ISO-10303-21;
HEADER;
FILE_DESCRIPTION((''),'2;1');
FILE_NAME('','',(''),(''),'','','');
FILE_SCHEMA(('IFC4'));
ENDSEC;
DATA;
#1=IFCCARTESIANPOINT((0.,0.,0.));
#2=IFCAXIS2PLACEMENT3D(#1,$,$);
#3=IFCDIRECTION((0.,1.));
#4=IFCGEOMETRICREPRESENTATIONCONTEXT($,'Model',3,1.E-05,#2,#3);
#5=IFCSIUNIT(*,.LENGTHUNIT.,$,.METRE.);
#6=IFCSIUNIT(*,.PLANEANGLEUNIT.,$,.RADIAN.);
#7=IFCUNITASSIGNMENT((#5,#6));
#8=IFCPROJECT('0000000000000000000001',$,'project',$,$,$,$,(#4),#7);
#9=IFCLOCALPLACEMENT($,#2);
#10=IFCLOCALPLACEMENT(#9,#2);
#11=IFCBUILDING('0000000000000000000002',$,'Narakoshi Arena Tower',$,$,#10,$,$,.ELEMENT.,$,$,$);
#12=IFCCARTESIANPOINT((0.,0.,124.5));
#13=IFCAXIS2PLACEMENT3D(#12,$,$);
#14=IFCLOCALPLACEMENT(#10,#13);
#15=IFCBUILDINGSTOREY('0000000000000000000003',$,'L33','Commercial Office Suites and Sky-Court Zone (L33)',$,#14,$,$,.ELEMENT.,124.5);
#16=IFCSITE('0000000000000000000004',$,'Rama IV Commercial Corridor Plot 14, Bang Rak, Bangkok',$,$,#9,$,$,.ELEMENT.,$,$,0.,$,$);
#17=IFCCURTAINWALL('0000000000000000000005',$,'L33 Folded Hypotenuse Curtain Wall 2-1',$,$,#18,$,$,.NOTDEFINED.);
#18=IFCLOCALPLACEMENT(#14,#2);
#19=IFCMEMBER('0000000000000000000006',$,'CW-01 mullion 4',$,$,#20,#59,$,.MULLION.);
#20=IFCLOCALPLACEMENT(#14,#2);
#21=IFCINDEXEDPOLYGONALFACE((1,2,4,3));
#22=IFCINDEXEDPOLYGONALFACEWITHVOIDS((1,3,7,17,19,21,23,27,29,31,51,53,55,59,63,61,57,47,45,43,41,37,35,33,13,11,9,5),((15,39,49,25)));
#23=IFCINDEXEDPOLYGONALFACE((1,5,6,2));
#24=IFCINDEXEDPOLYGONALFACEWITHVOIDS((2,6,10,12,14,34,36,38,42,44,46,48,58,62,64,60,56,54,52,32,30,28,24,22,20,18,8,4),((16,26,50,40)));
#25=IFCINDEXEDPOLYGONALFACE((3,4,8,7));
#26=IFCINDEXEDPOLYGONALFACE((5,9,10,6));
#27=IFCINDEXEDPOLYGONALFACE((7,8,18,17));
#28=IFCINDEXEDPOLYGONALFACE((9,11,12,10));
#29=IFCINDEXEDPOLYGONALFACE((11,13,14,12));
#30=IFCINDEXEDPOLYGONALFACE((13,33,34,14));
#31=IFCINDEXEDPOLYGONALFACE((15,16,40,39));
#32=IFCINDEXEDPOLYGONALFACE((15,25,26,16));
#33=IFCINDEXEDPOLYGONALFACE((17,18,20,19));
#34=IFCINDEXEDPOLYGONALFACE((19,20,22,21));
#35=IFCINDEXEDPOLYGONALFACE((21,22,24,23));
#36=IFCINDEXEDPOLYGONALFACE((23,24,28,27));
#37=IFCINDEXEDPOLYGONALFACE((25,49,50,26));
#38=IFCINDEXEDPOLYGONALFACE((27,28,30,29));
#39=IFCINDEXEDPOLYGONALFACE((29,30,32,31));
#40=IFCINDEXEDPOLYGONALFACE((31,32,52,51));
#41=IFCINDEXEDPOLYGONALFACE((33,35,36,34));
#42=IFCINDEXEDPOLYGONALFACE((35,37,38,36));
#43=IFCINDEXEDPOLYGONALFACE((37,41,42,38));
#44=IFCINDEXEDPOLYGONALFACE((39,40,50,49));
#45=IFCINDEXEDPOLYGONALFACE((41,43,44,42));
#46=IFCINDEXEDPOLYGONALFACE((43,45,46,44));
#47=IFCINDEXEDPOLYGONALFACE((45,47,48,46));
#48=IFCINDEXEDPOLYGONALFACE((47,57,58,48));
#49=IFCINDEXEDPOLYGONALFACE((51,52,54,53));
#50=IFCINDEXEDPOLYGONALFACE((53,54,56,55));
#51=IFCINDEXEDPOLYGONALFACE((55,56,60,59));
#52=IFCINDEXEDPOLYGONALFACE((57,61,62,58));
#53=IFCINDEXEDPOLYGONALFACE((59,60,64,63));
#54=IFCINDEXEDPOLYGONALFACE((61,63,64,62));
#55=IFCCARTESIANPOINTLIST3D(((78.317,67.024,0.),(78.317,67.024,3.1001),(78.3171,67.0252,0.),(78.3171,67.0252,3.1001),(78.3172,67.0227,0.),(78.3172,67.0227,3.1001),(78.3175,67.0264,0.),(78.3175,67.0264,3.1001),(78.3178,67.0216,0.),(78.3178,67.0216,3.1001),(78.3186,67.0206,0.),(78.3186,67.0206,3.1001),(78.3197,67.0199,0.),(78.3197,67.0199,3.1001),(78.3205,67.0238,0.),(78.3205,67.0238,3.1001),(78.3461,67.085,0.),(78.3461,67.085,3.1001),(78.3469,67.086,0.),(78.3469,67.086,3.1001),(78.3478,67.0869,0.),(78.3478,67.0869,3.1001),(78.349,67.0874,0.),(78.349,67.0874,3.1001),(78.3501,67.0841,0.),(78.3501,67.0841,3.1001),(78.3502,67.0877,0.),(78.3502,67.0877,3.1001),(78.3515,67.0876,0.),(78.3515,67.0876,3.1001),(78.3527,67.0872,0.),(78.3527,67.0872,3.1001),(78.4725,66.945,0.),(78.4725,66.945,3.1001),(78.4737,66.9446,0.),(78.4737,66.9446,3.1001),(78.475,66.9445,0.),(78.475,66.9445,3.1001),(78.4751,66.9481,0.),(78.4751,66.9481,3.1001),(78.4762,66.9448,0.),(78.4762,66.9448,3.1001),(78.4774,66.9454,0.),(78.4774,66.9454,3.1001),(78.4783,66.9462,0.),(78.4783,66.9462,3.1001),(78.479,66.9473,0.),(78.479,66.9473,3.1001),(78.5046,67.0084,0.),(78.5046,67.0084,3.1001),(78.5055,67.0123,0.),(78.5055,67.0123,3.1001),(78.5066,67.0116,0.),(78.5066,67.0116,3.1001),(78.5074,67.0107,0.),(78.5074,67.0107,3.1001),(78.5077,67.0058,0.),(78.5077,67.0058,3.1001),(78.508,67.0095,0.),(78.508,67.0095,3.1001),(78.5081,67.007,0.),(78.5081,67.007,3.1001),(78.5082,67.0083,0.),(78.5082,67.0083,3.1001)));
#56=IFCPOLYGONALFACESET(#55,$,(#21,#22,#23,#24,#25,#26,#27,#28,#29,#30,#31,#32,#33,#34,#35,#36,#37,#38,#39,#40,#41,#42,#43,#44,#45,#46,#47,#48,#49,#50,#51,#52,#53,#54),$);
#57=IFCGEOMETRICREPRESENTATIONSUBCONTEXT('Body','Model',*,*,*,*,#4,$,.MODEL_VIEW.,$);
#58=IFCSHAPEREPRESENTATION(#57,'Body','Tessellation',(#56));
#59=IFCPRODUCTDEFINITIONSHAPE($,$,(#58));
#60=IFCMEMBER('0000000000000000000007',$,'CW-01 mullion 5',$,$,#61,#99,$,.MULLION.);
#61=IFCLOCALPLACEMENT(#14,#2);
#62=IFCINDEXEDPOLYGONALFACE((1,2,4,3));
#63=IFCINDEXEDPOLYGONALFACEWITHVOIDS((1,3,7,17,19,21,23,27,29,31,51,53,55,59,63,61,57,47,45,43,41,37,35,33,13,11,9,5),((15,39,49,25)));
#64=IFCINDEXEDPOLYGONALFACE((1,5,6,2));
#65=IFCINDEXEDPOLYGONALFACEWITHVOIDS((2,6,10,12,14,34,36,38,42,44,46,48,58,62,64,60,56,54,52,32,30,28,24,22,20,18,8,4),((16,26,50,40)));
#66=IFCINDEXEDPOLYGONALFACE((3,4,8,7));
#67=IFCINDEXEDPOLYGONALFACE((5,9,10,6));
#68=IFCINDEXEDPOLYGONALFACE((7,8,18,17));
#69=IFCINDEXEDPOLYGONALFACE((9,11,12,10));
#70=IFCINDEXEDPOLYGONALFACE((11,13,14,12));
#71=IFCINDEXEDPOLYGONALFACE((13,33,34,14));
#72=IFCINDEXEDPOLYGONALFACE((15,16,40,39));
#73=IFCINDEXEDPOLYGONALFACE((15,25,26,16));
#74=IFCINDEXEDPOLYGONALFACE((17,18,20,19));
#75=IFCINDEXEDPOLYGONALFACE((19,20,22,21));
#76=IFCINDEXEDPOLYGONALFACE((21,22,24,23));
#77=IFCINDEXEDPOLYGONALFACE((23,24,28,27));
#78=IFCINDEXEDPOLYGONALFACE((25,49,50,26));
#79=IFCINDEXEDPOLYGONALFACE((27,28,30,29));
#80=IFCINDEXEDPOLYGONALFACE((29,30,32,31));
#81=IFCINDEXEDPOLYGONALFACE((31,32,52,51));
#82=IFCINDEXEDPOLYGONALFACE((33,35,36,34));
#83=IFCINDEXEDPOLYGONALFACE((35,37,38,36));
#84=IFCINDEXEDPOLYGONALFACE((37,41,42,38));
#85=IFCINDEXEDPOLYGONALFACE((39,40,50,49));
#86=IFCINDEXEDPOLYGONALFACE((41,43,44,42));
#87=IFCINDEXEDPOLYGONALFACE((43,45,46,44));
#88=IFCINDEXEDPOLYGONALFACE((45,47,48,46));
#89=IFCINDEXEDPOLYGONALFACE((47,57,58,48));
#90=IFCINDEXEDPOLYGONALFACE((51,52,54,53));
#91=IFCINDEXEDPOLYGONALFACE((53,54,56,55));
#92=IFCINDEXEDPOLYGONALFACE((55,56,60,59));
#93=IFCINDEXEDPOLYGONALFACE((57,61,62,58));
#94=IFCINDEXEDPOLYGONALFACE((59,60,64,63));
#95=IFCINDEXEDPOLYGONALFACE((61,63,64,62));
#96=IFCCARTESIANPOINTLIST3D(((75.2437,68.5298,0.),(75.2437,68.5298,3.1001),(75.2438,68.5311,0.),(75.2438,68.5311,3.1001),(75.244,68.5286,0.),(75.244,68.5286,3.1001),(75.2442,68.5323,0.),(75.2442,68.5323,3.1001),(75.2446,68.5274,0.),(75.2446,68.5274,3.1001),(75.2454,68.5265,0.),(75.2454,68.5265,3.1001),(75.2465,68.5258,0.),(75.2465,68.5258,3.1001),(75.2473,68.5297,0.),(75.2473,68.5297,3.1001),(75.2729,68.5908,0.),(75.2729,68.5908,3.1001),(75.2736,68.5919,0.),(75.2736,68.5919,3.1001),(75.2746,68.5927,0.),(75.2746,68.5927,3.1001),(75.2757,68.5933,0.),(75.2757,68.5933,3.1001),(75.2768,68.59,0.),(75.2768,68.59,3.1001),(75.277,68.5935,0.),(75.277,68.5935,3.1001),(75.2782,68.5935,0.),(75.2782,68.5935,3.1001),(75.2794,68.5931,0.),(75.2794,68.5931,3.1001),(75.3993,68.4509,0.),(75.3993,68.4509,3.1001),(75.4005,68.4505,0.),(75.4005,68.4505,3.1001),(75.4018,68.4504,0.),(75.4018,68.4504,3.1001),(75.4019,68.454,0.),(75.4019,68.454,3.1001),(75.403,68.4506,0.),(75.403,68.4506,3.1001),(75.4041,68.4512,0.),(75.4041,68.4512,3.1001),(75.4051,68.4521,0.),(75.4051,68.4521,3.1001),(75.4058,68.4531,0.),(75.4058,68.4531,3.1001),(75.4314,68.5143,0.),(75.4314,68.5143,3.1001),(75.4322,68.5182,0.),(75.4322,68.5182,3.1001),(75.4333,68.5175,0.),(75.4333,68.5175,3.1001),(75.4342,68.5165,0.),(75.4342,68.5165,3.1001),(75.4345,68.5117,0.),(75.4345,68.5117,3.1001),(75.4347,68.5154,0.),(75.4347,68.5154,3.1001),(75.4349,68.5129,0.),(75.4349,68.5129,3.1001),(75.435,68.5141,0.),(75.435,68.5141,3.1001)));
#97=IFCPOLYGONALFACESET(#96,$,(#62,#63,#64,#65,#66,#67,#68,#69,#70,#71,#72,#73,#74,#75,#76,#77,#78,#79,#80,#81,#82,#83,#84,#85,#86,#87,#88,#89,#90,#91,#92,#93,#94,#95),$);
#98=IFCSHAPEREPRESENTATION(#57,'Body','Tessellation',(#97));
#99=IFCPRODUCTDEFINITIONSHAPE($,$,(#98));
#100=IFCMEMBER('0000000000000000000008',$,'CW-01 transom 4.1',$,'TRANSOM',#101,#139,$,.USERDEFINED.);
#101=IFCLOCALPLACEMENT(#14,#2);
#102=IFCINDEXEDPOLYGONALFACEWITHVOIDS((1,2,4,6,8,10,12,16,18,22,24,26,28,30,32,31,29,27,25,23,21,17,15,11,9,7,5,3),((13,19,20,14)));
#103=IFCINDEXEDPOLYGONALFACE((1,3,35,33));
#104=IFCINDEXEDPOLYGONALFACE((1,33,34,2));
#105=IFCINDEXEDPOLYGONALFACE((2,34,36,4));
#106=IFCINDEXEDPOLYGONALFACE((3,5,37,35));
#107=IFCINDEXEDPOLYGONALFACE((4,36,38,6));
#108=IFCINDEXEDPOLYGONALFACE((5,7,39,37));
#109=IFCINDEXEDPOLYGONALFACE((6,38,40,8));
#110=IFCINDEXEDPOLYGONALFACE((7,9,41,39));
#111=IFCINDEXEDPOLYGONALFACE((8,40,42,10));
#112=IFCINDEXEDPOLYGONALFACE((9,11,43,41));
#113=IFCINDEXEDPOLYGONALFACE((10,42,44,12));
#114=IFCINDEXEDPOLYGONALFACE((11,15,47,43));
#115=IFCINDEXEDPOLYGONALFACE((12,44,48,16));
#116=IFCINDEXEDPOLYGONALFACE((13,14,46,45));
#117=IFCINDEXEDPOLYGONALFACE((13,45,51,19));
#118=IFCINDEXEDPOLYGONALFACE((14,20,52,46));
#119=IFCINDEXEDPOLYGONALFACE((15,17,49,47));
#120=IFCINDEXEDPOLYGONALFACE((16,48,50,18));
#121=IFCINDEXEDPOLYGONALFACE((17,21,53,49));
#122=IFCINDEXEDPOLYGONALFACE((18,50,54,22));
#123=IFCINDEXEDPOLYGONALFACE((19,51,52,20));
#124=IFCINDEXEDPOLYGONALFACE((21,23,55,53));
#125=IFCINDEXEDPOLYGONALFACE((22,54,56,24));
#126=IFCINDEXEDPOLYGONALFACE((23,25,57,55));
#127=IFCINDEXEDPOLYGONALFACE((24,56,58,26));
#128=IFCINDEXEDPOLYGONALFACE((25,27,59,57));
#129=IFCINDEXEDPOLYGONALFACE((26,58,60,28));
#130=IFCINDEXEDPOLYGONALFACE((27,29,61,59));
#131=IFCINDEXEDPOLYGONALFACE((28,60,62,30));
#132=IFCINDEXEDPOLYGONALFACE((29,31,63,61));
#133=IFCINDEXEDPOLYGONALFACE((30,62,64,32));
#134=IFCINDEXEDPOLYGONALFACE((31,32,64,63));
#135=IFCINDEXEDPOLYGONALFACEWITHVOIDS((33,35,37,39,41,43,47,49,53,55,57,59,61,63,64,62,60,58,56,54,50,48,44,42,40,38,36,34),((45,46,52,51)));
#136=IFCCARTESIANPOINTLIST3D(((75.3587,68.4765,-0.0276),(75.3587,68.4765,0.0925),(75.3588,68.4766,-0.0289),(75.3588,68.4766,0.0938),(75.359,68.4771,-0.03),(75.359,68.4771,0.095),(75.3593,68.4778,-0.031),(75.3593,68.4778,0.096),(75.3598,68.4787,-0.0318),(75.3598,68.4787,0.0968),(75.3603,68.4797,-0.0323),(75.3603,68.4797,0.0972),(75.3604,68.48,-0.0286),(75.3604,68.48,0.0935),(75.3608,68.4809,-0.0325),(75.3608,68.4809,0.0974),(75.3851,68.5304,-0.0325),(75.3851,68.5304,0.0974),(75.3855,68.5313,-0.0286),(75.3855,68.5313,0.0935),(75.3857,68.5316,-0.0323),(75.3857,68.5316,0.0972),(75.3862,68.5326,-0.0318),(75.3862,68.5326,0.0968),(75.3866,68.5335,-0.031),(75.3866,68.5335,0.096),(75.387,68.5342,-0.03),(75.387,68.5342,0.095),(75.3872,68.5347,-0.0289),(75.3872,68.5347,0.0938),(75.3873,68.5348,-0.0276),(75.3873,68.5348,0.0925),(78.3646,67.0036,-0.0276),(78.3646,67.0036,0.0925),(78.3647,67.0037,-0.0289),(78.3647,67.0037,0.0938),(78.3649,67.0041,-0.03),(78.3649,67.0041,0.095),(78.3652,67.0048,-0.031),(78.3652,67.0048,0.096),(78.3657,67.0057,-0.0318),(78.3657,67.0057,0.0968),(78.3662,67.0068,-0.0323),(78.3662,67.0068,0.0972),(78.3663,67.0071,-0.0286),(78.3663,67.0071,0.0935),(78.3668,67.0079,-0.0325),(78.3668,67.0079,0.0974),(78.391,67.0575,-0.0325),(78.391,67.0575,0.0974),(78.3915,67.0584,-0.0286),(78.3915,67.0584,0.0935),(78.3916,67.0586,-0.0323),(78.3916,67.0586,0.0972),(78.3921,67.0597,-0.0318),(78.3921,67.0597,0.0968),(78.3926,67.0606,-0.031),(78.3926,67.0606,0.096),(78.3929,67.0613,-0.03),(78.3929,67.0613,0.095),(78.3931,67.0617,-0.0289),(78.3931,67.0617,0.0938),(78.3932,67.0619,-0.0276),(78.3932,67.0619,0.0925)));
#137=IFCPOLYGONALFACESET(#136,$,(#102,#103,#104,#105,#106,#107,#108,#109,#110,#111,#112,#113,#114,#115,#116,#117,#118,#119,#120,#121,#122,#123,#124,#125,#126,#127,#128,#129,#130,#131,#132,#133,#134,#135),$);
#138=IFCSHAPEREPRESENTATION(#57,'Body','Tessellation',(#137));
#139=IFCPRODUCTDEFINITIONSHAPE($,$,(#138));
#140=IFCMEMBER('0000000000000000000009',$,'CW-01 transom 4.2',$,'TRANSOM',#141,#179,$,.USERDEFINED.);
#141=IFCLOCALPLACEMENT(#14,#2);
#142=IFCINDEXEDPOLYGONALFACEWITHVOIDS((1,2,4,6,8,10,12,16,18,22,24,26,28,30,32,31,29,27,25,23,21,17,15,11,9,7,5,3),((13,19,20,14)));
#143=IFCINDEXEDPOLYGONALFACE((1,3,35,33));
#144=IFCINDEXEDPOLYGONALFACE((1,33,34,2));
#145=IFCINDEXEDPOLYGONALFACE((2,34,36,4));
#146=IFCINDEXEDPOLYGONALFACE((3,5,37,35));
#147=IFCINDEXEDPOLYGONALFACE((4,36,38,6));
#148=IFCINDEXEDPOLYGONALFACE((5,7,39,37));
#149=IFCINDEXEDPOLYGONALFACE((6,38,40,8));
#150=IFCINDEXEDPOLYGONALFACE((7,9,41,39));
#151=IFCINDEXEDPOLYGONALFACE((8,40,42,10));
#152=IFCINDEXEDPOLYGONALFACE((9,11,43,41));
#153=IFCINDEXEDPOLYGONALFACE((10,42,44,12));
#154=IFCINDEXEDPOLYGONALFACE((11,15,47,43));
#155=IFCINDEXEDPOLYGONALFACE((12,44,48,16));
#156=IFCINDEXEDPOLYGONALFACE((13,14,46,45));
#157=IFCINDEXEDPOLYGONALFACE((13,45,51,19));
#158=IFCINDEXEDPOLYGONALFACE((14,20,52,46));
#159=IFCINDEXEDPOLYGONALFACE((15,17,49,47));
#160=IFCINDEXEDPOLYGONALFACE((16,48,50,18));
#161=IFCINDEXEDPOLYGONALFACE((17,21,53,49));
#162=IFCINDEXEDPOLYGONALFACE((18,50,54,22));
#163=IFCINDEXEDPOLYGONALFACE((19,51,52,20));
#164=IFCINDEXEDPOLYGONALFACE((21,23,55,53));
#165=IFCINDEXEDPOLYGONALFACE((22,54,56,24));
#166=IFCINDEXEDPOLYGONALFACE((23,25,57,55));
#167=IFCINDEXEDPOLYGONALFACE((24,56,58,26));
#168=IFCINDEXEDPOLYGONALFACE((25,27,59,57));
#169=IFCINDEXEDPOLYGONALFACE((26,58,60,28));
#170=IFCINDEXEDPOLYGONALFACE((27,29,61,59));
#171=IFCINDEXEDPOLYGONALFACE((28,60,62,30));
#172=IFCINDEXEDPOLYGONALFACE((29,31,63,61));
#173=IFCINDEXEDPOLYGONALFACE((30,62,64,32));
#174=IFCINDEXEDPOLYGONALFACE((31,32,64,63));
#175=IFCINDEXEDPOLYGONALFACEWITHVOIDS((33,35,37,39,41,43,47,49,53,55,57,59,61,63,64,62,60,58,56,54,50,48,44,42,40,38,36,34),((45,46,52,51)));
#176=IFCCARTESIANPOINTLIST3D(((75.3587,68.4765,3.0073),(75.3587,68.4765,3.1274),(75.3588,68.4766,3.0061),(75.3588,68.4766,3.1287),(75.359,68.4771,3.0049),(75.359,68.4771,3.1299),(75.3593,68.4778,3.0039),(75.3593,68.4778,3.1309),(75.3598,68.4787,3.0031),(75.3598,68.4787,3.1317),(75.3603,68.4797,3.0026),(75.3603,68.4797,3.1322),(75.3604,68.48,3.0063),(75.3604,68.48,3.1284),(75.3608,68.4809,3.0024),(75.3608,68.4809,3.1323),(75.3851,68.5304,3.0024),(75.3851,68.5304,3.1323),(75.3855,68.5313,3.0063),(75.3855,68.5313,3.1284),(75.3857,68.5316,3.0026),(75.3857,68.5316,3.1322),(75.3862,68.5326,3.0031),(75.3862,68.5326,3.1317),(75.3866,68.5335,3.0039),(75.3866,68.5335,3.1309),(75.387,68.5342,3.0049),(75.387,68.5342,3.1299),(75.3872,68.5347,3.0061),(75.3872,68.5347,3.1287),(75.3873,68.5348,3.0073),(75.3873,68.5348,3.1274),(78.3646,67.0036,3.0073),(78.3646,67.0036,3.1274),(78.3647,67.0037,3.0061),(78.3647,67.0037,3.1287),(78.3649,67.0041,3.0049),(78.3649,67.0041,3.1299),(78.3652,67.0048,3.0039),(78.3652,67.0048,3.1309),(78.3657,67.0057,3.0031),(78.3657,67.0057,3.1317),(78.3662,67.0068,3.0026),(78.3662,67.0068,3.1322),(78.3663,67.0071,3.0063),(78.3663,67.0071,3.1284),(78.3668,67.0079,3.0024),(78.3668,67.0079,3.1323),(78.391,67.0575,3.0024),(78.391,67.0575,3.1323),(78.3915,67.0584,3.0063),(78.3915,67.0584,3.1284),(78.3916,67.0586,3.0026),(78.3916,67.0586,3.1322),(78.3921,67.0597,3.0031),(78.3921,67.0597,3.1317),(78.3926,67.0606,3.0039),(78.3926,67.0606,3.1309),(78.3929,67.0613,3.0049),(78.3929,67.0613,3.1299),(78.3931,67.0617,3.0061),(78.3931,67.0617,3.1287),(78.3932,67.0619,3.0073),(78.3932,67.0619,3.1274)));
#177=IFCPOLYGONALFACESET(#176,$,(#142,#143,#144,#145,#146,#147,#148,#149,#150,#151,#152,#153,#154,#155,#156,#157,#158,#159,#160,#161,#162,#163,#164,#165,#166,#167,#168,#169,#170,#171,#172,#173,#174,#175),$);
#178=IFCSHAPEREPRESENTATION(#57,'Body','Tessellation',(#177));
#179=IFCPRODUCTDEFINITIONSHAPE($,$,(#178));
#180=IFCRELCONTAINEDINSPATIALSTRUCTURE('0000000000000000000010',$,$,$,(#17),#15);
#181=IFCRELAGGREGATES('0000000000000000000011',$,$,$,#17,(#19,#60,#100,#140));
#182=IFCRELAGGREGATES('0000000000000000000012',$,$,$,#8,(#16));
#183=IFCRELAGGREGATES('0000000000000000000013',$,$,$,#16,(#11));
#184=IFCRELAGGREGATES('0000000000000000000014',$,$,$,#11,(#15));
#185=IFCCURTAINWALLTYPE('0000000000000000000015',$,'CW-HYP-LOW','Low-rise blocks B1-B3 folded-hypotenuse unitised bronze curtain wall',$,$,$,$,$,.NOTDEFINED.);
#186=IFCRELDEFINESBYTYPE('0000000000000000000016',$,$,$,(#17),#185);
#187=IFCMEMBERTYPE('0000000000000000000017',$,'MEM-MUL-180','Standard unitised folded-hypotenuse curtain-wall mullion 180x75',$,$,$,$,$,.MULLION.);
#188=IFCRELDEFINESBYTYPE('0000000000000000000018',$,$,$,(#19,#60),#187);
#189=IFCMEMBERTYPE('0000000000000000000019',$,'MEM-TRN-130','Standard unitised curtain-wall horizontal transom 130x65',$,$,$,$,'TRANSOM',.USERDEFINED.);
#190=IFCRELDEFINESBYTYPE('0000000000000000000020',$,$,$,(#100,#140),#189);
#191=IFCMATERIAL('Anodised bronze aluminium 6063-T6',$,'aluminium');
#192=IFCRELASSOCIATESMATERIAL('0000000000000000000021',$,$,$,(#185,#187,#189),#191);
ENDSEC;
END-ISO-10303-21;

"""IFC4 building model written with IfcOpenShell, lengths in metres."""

from ifc_helpers import new_model, si_unit, direction, frame, origin, origin_2d, place, context, subcontext, project, spatial, hollow_rectangle, extrude, material, material_profile, profile_set, type_object, element, aggregate, save


model = new_model("IFC4")

# Units and contexts
model_context = context("Model", 3, precision=1e-05, world=origin(), true_north=direction((0.0, 1.0)))
body_context = subcontext(model_context, "Body", "Model", "MODEL_VIEW")
ifc_project = project(units=[si_unit("LENGTHUNIT", "METRE"), si_unit("PLANEANGLEUNIT", "RADIAN")], contexts=[model_context])

# Site, building, storey
site_placement = place(None, origin())
site = spatial("IfcSite", under=ifc_project, at=site_placement, Name="Rama IV Commercial Corridor Plot 14, Bang Rak, Bangkok", CompositionType="ELEMENT", RefElevation=0.0)
building_placement = place(site_placement, origin())
building = spatial("IfcBuilding", under=site, at=building_placement, Name="Narakoshi Arena Tower", CompositionType="ELEMENT")
storey_placement = place(building_placement, frame((0.0, 0.0, 124.5)))
storey = spatial("IfcBuildingStorey", under=building, at=storey_placement, Name="L33", Description="Commercial Office Suites and Sky-Court Zone (L33)", CompositionType="ELEMENT", Elevation=124.5)

# Curtain wall, members
ifc_material_1 = material(Name="Anodised bronze aluminium 6063-T6", Category="aluminium")
curtain_wall_type = type_object("IfcCurtainWallType", Name="CW-HYP-LOW", Description="Low-rise blocks B1-B3 folded-hypotenuse unitised bronze curtain wall", PredefinedType="NOTDEFINED", material=ifc_material_1)
curtain_wall_placement = place(storey_placement, origin())
curtain_wall = element("IfcCurtainWall", 1, at=curtain_wall_placement, inside=storey, type_object=curtain_wall_type, Name="L33 Folded Hypotenuse Curtain Wall 2-1", PredefinedType="NOTDEFINED")
ifc_material_profile_1 = material_profile(ifc_material_1, hollow_rectangle(XDim=0.075, YDim=0.1799, WallThickness=0.0039, OuterFilletRadius=0.0049, at=origin_2d()), Name="MUL180x75x4")
ifc_profile_set_1 = profile_set([ifc_material_profile_1], Name="Anodised bronze aluminium 6063-T6")
member_type_1 = type_object("IfcMemberType", Name="MEM-MUL-180", Description="Standard unitised folded-hypotenuse curtain-wall mullion 180x75", PredefinedType="MULLION", material=ifc_profile_set_1)
member_1_placement = place(storey_placement, frame((78.4126, 67.0161, 0.0), z_axis=(0.0, 0.0, 1.0), x_axis=(-0.440005, -0.897996, 0.0)))
member_1 = element("IfcMember", 2, at=member_1_placement, type_object=member_type_1, Name="CW-01 mullion 4", PredefinedType="MULLION", context=body_context, shape_type="SweptSolid", body=[
    extrude(hollow_rectangle(XDim=0.075, YDim=0.1799, WallThickness=0.0039, OuterFilletRadius=0.0049, at=origin_2d()), origin(), (0.0, 0.0, 1.0), 3.1001),
])
member_2_placement = place(storey_placement, frame((75.3394, 68.522, 0.0), z_axis=(0.0, 0.0, 1.0), x_axis=(-0.440005, -0.897996, 0.0)))
member_2 = element("IfcMember", 3, at=member_2_placement, type_object=member_type_1, Name="CW-01 mullion 5", PredefinedType="MULLION", context=body_context, shape_type="SweptSolid", body=[
    extrude(hollow_rectangle(XDim=0.075, YDim=0.1799, WallThickness=0.0039, OuterFilletRadius=0.0049, at=origin_2d()), origin(), (0.0, 0.0, 1.0), 3.1001),
])
ifc_material_profile_2 = material_profile(ifc_material_1, hollow_rectangle(XDim=0.0649, YDim=0.1299, WallThickness=0.0039, OuterFilletRadius=0.0049, at=origin_2d()), Name="TRN130x65x4")
ifc_profile_set_2 = profile_set([ifc_material_profile_2], Name="Anodised bronze aluminium 6063-T6")
member_type_2 = type_object("IfcMemberType", Name="MEM-TRN-130", Description="Standard unitised curtain-wall horizontal transom 130x65", ElementType="TRANSOM", PredefinedType="USERDEFINED", material=ifc_profile_set_2)
member_3_placement = place(storey_placement, frame((78.3789, 67.0327, 0.0325), z_axis=(-0.897987, 0.440022, 0.0), x_axis=(-0.440022, -0.897987, 0.0)))
member_3 = element("IfcMember", 4, at=member_3_placement, type_object=member_type_2, Name="CW-01 transom 4.1", ObjectType="TRANSOM", PredefinedType="USERDEFINED", context=body_context, shape_type="SweptSolid", body=[
    extrude(hollow_rectangle(XDim=0.0649, YDim=0.1299, WallThickness=0.0039, OuterFilletRadius=0.0049, at=origin_2d()), origin(), (0.0, 0.0, 1.0), 3.3474),
])
member_4_placement = place(storey_placement, frame((78.3789, 67.0327, 3.0674), z_axis=(-0.897987, 0.440022, 0.0), x_axis=(-0.440022, -0.897987, 0.0)))
member_4 = element("IfcMember", 5, at=member_4_placement, type_object=member_type_2, Name="CW-01 transom 4.2", ObjectType="TRANSOM", PredefinedType="USERDEFINED", context=body_context, shape_type="SweptSolid", body=[
    extrude(hollow_rectangle(XDim=0.0649, YDim=0.1299, WallThickness=0.0039, OuterFilletRadius=0.0049, at=origin_2d()), origin(), (0.0, 0.0, 1.0), 3.3474),
])
aggregate(curtain_wall, [member_1, member_2, member_3, member_4])

save(model, "model.ifc")
